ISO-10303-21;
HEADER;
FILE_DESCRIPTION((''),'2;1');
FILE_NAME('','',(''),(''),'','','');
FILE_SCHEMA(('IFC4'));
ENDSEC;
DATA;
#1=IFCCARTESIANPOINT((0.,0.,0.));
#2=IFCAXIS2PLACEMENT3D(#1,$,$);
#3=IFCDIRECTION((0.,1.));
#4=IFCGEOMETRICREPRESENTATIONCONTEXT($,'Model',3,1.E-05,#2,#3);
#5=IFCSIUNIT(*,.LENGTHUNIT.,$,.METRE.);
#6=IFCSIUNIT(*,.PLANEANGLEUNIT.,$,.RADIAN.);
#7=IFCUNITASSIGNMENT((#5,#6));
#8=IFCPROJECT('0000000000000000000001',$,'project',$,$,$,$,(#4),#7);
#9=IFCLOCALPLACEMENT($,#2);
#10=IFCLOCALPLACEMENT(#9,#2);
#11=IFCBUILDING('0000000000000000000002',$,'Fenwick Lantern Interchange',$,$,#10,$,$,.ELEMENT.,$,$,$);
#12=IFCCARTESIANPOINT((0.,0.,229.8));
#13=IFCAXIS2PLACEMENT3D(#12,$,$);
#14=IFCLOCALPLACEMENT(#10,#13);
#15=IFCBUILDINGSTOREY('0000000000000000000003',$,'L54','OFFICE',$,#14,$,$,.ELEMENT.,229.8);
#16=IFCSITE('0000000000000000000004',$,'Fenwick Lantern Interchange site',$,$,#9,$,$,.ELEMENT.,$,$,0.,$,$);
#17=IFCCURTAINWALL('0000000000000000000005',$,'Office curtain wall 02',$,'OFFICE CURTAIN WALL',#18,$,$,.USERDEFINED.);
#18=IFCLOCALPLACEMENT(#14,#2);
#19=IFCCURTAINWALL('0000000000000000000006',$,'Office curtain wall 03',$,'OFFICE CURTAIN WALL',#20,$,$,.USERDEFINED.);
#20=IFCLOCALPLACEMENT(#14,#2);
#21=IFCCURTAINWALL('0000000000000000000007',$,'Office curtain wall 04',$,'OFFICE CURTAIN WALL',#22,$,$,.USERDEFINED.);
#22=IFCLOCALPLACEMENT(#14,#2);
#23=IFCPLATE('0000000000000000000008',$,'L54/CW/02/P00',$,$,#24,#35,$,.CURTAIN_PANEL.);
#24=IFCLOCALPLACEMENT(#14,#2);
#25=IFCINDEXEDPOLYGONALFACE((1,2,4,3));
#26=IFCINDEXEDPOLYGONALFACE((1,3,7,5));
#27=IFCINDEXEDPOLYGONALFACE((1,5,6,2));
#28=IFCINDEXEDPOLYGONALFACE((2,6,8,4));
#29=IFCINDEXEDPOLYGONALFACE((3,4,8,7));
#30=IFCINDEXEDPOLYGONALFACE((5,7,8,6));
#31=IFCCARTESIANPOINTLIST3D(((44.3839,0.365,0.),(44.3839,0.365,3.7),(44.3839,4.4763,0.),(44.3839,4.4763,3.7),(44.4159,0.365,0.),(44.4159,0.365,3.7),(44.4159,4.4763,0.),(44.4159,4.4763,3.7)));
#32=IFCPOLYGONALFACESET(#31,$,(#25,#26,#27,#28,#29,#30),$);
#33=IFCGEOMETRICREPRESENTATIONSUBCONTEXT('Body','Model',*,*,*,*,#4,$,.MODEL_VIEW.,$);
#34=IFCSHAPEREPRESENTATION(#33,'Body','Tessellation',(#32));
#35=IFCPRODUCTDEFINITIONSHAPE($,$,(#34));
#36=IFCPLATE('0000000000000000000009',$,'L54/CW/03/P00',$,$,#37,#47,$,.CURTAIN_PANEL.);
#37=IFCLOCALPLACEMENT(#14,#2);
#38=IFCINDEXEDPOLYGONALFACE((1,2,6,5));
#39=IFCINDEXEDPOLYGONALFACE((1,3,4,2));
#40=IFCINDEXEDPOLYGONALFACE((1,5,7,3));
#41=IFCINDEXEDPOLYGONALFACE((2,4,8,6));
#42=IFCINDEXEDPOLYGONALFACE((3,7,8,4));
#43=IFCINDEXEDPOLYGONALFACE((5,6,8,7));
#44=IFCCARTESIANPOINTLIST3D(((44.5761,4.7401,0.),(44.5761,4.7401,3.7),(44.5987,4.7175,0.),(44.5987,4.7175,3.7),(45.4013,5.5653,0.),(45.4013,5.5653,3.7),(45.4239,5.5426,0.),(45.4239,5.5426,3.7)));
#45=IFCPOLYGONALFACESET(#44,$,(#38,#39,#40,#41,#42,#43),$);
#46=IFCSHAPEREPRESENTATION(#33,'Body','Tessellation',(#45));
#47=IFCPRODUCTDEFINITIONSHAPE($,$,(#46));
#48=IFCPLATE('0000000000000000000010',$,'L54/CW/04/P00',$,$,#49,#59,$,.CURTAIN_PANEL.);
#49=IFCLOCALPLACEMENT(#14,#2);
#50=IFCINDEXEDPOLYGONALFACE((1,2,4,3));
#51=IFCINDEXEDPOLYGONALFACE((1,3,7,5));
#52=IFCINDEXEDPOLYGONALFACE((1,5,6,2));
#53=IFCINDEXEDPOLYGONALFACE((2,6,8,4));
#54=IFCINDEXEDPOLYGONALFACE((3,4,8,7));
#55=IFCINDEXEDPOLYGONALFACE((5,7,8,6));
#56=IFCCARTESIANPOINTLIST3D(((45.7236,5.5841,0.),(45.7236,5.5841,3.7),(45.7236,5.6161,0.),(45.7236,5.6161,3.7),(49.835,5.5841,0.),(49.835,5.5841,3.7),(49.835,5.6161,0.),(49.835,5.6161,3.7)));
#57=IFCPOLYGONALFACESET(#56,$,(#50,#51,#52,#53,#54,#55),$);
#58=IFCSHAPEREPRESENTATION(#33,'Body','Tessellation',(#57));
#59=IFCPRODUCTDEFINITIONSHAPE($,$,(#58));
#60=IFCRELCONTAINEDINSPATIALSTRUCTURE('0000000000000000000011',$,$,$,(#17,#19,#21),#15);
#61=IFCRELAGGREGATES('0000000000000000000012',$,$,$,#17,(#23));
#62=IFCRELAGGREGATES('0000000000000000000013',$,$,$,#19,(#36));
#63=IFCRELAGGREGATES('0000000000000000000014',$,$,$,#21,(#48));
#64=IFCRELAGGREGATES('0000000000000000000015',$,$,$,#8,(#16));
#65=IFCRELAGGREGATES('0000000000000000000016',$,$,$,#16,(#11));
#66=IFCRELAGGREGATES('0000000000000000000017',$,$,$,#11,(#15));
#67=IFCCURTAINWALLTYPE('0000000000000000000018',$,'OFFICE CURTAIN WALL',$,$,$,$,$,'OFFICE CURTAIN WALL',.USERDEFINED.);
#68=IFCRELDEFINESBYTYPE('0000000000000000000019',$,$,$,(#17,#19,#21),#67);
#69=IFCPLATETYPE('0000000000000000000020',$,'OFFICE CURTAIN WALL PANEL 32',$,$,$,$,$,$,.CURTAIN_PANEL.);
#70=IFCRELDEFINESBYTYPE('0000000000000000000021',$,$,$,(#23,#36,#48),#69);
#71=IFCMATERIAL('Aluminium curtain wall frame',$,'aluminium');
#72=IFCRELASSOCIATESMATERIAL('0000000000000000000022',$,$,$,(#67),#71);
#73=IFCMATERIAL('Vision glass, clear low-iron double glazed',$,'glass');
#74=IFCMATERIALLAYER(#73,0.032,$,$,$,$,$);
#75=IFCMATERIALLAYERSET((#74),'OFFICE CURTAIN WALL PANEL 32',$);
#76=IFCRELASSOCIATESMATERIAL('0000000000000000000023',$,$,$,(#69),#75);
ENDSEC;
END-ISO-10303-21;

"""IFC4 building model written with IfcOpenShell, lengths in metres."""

from ifc_helpers import new_model, si_unit, direction, frame, origin, origin_2d, place, context, subcontext, project, spatial, rectangle, extrude, material, layer, layer_set, type_object, element, aggregate, save


model = new_model("IFC4")

# Units and contexts
model_context = context("Model", 3, precision=1e-05, world=origin(), true_north=direction((0.0, 1.0)))
body_context = subcontext(model_context, "Body", "Model", "MODEL_VIEW")
ifc_project = project(units=[si_unit("LENGTHUNIT", "METRE"), si_unit("PLANEANGLEUNIT", "RADIAN")], contexts=[model_context])

# Site, building, storey
site_placement = place(None, origin())
site = spatial("IfcSite", under=ifc_project, at=site_placement, Name="Fenwick Lantern Interchange site", CompositionType="ELEMENT", RefElevation=0.0)
building_placement = place(site_placement, origin())
building = spatial("IfcBuilding", under=site, at=building_placement, Name="Fenwick Lantern Interchange", CompositionType="ELEMENT")
storey_placement = place(building_placement, frame((0.0, 0.0, 229.8)))
storey = spatial("IfcBuildingStorey", under=building, at=storey_placement, Name="L54", Description="OFFICE", CompositionType="ELEMENT", Elevation=229.8)

# Shared definitions
ifc_material_1 = material(Name="Aluminium curtain wall frame", Category="aluminium")
curtain_wall_type = type_object("IfcCurtainWallType", Name="OFFICE CURTAIN WALL", ElementType="OFFICE CURTAIN WALL", PredefinedType="USERDEFINED", material=ifc_material_1)

# Curtain walls
curtain_wall_1_placement = place(storey_placement, origin())
curtain_wall_1 = element("IfcCurtainWall", 1, at=curtain_wall_1_placement, inside=storey, type_object=curtain_wall_type, Name="Office curtain wall 02", ObjectType="OFFICE CURTAIN WALL", PredefinedType="USERDEFINED")
curtain_wall_2_placement = place(storey_placement, origin())
curtain_wall_2 = element("IfcCurtainWall", 2, at=curtain_wall_2_placement, inside=storey, type_object=curtain_wall_type, Name="Office curtain wall 03", ObjectType="OFFICE CURTAIN WALL", PredefinedType="USERDEFINED")
curtain_wall_3_placement = place(storey_placement, origin())
curtain_wall_3 = element("IfcCurtainWall", 3, at=curtain_wall_3_placement, inside=storey, type_object=curtain_wall_type, Name="Office curtain wall 04", ObjectType="OFFICE CURTAIN WALL", PredefinedType="USERDEFINED")

# Plates
ifc_material_2 = material(Name="Vision glass, clear low-iron double glazed", Category="glass")
ifc_layer_1 = layer(ifc_material_2, 0.032)
ifc_layer_set_1 = layer_set([ifc_layer_1], Name="OFFICE CURTAIN WALL PANEL 32")
plate_type = type_object("IfcPlateType", Name="OFFICE CURTAIN WALL PANEL 32", PredefinedType="CURTAIN_PANEL", material=ifc_layer_set_1)
plate_1_placement = place(storey_placement, frame((44.3999, 2.4207, 0.0), z_axis=(0.0, 0.0, 1.0), x_axis=(0.0, 1.0, 0.0)))
plate_1 = element("IfcPlate", 4, at=plate_1_placement, type_object=plate_type, Name="L54/CW/02/P00", PredefinedType="CURTAIN_PANEL", context=body_context, shape_type="SweptSolid", body=[
    extrude(rectangle(XDim=4.1113, YDim=0.032, at=origin_2d()), origin(), (0.0, 0.0, 1.0), 3.7),
])
aggregate(curtain_wall_1, [plate_1])
plate_2_placement = place(storey_placement, frame((45.0, 5.1414, 0.0), z_axis=(0.0, 0.0, 1.0), x_axis=(0.707107, 0.707107, 0.0)))
plate_2 = element("IfcPlate", 5, at=plate_2_placement, type_object=plate_type, Name="L54/CW/03/P00", PredefinedType="CURTAIN_PANEL", context=body_context, shape_type="SweptSolid", body=[
    extrude(rectangle(XDim=1.167, YDim=0.032, at=origin_2d()), origin(), (0.0, 0.0, 1.0), 3.7),
])
aggregate(curtain_wall_2, [plate_2])
plate_3_placement = place(storey_placement, frame((47.7793, 5.6001, 0.0), z_axis=(0.0, 0.0, 1.0), x_axis=(1.0, 0.0, 0.0)))
plate_3 = element("IfcPlate", 6, at=plate_3_placement, type_object=plate_type, Name="L54/CW/04/P00", PredefinedType="CURTAIN_PANEL", context=body_context, shape_type="SweptSolid", body=[
    extrude(rectangle(XDim=4.1113, YDim=0.032, at=origin_2d()), origin(), (0.0, 0.0, 1.0), 3.7),
])
aggregate(curtain_wall_3, [plate_3])

save(model, "model.ifc")
